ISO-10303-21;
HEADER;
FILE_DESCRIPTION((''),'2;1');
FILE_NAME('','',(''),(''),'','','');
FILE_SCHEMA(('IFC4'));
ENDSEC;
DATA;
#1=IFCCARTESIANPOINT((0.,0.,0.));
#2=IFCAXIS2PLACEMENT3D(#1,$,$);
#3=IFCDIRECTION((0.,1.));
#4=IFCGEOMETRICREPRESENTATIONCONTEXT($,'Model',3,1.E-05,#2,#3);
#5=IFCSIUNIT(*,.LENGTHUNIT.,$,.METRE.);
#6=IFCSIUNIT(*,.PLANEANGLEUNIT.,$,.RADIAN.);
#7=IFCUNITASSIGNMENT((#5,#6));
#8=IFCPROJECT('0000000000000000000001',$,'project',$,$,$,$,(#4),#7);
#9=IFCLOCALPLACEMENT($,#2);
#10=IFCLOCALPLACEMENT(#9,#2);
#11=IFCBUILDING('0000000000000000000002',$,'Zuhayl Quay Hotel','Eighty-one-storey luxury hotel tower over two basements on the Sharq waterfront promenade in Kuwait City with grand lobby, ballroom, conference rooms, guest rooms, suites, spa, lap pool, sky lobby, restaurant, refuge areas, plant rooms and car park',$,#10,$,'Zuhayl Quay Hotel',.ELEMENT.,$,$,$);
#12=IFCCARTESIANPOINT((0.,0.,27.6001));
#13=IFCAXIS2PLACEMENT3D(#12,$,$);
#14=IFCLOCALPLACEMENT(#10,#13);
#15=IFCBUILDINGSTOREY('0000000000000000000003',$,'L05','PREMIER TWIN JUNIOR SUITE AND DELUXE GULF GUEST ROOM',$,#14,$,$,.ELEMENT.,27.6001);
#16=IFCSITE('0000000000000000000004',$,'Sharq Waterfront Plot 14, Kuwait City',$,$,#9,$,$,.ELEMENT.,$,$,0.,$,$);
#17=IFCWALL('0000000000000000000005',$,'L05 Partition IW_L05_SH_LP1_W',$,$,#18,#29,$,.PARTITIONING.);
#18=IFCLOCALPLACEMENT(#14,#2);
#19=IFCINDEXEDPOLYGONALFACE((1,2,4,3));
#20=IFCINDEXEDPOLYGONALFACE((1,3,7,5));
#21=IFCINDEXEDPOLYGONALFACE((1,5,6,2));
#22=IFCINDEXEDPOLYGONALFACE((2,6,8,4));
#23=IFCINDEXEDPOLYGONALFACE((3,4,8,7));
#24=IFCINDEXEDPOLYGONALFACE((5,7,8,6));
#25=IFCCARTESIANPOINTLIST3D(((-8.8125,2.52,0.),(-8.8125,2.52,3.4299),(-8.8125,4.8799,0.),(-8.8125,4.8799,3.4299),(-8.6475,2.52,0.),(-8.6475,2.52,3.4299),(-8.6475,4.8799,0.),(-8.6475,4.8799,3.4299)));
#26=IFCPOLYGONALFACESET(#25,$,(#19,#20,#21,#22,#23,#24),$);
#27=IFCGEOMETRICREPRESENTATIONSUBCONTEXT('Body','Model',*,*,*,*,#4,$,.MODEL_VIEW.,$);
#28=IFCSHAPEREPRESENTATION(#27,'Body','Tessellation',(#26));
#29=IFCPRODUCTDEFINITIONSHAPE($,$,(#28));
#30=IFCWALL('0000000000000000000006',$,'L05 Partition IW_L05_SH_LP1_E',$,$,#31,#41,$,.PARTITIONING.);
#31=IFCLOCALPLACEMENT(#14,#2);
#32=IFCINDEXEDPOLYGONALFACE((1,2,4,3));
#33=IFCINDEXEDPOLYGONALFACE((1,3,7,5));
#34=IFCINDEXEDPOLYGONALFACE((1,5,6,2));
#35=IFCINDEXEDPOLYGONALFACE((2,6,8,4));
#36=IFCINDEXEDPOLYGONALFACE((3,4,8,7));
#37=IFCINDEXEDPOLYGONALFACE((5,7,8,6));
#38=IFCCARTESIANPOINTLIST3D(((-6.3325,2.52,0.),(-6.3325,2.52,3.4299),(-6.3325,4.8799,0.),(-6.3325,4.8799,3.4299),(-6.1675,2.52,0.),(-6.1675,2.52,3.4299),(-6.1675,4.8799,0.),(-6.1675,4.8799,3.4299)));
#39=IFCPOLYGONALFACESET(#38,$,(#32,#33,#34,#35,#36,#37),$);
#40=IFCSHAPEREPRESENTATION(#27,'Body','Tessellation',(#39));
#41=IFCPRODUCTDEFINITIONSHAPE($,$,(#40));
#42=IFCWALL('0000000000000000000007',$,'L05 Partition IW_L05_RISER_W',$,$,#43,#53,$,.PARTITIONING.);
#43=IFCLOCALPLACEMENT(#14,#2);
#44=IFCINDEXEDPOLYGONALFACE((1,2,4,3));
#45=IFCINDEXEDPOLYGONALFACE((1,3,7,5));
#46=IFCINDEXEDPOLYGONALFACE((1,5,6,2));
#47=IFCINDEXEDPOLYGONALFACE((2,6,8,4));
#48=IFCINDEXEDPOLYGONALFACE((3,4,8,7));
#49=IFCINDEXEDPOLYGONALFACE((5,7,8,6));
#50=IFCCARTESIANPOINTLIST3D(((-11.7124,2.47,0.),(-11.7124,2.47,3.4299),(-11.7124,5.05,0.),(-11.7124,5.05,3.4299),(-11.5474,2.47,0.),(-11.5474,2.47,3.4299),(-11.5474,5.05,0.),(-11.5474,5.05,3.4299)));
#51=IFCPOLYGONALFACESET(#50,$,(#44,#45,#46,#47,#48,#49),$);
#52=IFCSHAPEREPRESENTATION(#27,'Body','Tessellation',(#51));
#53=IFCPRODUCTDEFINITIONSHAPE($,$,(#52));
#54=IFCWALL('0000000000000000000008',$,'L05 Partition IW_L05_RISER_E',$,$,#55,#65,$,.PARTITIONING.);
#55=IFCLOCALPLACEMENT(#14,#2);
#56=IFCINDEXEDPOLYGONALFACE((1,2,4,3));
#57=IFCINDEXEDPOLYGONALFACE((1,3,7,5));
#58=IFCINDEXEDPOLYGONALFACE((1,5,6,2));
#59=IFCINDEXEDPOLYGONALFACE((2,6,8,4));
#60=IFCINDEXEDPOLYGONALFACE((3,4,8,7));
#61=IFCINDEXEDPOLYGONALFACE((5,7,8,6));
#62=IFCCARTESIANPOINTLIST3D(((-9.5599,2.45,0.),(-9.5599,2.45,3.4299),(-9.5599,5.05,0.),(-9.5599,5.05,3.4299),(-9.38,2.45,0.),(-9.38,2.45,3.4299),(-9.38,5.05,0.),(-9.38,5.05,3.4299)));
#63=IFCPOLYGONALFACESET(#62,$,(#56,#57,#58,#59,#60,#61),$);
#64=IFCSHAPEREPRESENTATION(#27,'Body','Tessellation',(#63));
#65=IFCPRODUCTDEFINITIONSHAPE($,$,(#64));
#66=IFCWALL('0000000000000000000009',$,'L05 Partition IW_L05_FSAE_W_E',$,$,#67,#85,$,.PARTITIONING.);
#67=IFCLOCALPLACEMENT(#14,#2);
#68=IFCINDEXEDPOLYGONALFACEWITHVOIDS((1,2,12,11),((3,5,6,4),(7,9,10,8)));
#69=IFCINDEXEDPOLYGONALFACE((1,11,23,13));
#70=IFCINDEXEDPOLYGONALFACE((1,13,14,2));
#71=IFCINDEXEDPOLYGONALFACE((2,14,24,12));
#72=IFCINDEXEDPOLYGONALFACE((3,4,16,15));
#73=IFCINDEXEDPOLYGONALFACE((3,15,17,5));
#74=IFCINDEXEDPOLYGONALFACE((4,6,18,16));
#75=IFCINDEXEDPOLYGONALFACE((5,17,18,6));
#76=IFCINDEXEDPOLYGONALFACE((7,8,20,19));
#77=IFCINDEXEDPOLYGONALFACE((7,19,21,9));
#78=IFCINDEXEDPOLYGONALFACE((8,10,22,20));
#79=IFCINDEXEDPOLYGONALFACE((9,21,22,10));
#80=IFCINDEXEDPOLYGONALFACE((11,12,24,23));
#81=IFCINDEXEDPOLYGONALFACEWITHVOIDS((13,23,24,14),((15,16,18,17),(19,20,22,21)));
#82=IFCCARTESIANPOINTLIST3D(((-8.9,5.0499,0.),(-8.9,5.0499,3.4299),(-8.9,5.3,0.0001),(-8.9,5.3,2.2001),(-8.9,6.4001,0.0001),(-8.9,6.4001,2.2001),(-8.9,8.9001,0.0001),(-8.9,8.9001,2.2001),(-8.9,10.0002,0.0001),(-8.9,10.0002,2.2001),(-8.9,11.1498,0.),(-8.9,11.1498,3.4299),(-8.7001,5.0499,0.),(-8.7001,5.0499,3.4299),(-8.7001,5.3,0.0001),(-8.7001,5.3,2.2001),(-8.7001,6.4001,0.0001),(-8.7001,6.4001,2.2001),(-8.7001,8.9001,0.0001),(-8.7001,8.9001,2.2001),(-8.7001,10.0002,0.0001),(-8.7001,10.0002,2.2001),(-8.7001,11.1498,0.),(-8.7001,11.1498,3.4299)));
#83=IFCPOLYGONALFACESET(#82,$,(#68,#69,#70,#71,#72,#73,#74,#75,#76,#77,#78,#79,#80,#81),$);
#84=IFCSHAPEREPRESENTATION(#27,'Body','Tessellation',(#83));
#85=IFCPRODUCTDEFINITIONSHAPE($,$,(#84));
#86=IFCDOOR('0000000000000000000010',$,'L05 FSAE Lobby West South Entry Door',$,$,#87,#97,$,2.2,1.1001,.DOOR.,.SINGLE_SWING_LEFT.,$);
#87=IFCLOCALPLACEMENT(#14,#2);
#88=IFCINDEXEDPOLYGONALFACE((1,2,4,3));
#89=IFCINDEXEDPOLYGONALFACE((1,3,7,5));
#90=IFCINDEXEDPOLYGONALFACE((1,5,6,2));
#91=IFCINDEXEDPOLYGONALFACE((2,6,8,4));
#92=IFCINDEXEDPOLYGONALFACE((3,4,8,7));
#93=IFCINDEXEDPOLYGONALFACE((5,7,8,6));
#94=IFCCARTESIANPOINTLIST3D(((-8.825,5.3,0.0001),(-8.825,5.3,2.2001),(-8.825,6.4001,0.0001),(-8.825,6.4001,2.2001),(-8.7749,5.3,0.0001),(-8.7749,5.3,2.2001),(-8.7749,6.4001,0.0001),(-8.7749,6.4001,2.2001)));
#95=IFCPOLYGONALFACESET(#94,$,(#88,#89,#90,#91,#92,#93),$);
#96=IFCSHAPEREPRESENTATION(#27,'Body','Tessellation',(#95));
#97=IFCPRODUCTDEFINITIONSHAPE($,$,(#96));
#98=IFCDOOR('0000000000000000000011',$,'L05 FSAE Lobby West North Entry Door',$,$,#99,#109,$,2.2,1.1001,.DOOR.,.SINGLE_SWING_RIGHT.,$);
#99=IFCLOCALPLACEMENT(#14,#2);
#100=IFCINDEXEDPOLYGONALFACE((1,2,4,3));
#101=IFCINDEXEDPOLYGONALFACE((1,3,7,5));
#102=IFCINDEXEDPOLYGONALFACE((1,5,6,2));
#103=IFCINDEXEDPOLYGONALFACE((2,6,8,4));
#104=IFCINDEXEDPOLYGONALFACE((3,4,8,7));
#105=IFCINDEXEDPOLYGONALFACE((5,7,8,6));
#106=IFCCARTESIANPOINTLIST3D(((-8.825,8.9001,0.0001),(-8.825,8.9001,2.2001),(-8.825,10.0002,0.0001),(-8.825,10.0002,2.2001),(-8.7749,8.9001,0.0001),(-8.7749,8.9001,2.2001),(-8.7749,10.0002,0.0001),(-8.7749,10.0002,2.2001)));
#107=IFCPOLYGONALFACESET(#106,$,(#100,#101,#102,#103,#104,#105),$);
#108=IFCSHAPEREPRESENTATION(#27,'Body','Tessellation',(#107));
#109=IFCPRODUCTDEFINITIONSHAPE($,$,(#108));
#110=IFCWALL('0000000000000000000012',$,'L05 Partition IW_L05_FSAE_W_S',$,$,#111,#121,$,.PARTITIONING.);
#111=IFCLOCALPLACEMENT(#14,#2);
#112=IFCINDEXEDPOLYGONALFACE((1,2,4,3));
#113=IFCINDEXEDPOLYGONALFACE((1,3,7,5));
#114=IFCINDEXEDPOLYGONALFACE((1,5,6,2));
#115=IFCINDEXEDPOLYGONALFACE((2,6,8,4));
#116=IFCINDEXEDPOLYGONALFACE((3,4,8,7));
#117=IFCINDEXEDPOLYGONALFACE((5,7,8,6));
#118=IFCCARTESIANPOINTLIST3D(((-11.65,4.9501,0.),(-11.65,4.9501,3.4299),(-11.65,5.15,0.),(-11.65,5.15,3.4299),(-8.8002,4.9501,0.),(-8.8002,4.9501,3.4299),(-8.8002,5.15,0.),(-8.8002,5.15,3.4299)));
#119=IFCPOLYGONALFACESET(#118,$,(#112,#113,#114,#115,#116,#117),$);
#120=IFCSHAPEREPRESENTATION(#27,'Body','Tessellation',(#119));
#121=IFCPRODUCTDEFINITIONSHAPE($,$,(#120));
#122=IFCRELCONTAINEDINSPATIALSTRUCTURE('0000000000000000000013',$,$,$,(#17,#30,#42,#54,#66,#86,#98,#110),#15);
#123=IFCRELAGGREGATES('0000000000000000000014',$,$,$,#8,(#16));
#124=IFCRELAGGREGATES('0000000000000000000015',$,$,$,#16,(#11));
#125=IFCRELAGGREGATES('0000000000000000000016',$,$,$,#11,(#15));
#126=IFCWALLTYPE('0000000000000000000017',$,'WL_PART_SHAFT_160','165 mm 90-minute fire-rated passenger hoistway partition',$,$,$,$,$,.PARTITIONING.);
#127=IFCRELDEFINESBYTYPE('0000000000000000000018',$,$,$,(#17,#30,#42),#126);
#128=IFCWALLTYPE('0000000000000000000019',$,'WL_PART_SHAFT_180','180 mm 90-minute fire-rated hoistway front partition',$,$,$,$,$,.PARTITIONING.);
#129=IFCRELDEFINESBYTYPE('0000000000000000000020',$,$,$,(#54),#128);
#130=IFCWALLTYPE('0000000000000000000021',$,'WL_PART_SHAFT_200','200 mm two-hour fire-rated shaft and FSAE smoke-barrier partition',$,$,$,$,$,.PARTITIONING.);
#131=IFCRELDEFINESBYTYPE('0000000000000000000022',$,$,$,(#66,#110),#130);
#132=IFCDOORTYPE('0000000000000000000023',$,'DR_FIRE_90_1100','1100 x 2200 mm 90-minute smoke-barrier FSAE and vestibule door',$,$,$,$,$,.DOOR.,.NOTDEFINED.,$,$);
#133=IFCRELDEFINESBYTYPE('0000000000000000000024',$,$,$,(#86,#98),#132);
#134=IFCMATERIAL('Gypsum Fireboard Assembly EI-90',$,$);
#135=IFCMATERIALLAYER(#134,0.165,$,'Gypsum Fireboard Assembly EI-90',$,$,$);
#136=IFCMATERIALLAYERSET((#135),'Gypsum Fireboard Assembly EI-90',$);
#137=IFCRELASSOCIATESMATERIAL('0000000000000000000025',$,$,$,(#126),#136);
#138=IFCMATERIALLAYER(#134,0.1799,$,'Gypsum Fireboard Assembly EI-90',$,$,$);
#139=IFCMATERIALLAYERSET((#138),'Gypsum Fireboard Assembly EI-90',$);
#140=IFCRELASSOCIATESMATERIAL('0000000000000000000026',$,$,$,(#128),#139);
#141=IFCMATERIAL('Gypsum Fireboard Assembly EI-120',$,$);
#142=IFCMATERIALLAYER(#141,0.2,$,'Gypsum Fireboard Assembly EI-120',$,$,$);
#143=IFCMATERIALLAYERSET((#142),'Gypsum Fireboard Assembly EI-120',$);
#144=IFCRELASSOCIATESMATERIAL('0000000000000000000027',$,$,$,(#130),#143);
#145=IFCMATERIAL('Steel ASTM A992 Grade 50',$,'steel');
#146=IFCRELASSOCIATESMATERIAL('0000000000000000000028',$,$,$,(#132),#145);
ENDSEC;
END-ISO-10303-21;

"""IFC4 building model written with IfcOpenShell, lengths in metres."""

from ifc_helpers import new_model, si_unit, direction, frame, frame_2d, origin, place, context, subcontext, project, spatial, rectangle, extrude, material, layer, layer_set, type_object, element, fill, save


model = new_model("IFC4")

# Units and contexts
model_context = context("Model", 3, precision=1e-05, world=origin(), true_north=direction((0.0, 1.0)))
body_context = subcontext(model_context, "Body", "Model", "MODEL_VIEW")
ifc_project = project(units=[si_unit("LENGTHUNIT", "METRE"), si_unit("PLANEANGLEUNIT", "RADIAN")], contexts=[model_context])

# Site, building, storey
site_placement = place(None, origin())
site = spatial("IfcSite", under=ifc_project, at=site_placement, Name="Sharq Waterfront Plot 14, Kuwait City", CompositionType="ELEMENT", RefElevation=0.0)
building_placement = place(site_placement, origin())
building = spatial("IfcBuilding", under=site, at=building_placement, Name="Zuhayl Quay Hotel", Description="Eighty-one-storey luxury hotel tower over two basements on the Sharq waterfront promenade in Kuwait City with grand lobby, ballroom, conference rooms, guest rooms, suites, spa, lap pool, sky lobby, restaurant, refuge areas, plant rooms and car park", LongName="Zuhayl Quay Hotel", CompositionType="ELEMENT")
storey_placement = place(building_placement, frame((0.0, 0.0, 27.6001)))
storey = spatial("IfcBuildingStorey", under=building, at=storey_placement, Name="L05", Description="PREMIER TWIN JUNIOR SUITE AND DELUXE GULF GUEST ROOM", CompositionType="ELEMENT", Elevation=27.6001)

# Shared definitions
ifc_material_1 = material(Name="Steel ASTM A992 Grade 50", Category="steel")

# Shared definitions
ifc_material_2 = material(Name="Gypsum Fireboard Assembly EI-90")
ifc_layer_1 = layer(ifc_material_2, 0.165, Name="Gypsum Fireboard Assembly EI-90")
ifc_layer_set_1 = layer_set([ifc_layer_1], Name="Gypsum Fireboard Assembly EI-90")
wall_type_1 = type_object("IfcWallType", Name="WL_PART_SHAFT_160", Description="165 mm 90-minute fire-rated passenger hoistway partition", PredefinedType="PARTITIONING", material=ifc_layer_set_1)

# Walls
for number, where, z_axis, x_axis, name in (
    (1, (-8.73, 2.52, 0.0), (0.0, 0.0, 1.0), (0.0, 1.0, 0.0), "L05 Partition IW_L05_SH_LP1_W"),
    (2, (-6.25, 2.52, 0.0), (0.0, 0.0, 1.0), (0.0, 1.0, 0.0), "L05 Partition IW_L05_SH_LP1_E"),
):
    element("IfcWall", number, at=place(storey_placement, frame(where, z_axis=z_axis, x_axis=x_axis)), inside=storey, type_object=wall_type_1, Name=name, PredefinedType="PARTITIONING", context=body_context, shape_type="SweptSolid", body=[
        extrude(rectangle(XDim=2.3599, YDim=0.165, at=frame_2d((1.1799, 0.0))), origin(), (0.0, 0.0, 1.0), 3.4299),
    ])
wall_1_placement = place(storey_placement, frame((-11.6299, 2.47, 0.0), z_axis=(0.0, 0.0, 1.0), x_axis=(0.0, 1.0, 0.0)))
element("IfcWall", 3, at=wall_1_placement, inside=storey, type_object=wall_type_1, Name="L05 Partition IW_L05_RISER_W", PredefinedType="PARTITIONING", context=body_context, shape_type="SweptSolid", body=[
    extrude(rectangle(XDim=2.5801, YDim=0.165, at=frame_2d((1.29, 0.0))), origin(), (0.0, 0.0, 1.0), 3.4299),
])
ifc_layer_2 = layer(ifc_material_2, 0.1799, Name="Gypsum Fireboard Assembly EI-90")
ifc_layer_set_2 = layer_set([ifc_layer_2], Name="Gypsum Fireboard Assembly EI-90")
wall_type_2 = type_object("IfcWallType", Name="WL_PART_SHAFT_180", Description="180 mm 90-minute fire-rated hoistway front partition", PredefinedType="PARTITIONING", material=ifc_layer_set_2)
wall_2_placement = place(storey_placement, frame((-9.47, 2.45, 0.0), z_axis=(0.0, 0.0, 1.0), x_axis=(0.0, 1.0, 0.0)))
element("IfcWall", 4, at=wall_2_placement, inside=storey, type_object=wall_type_2, Name="L05 Partition IW_L05_RISER_E", PredefinedType="PARTITIONING", context=body_context, shape_type="SweptSolid", body=[
    extrude(rectangle(XDim=2.6001, YDim=0.1799, at=frame_2d((1.3, 0.0))), origin(), (0.0, 0.0, 1.0), 3.4299),
])

# Wall, openings, doors
ifc_material_3 = material(Name="Gypsum Fireboard Assembly EI-120")
ifc_layer_3 = layer(ifc_material_3, 0.2, Name="Gypsum Fireboard Assembly EI-120")
ifc_layer_set_3 = layer_set([ifc_layer_3], Name="Gypsum Fireboard Assembly EI-120")
wall_type_3 = type_object("IfcWallType", Name="WL_PART_SHAFT_200", Description="200 mm two-hour fire-rated shaft and FSAE smoke-barrier partition", PredefinedType="PARTITIONING", material=ifc_layer_set_3)
wall_3_placement = place(storey_placement, frame((-8.8, 5.05, 0.0), z_axis=(0.0, 0.0, 1.0), x_axis=(0.0, 1.0, 0.0)))
wall_3 = element("IfcWall", 5, at=wall_3_placement, inside=storey, type_object=wall_type_3, Name="L05 Partition IW_L05_FSAE_W_E", PredefinedType="PARTITIONING", context=body_context, shape_type="SweptSolid", body=[
    extrude(rectangle(XDim=6.0999, YDim=0.2, at=frame_2d((3.0498, 0.0))), origin(), (0.0, 0.0, 1.0), 3.4299),
])
opening_1_placement = place(wall_3_placement, frame((0.25, 0.0, 0.0)))
opening_1 = element("IfcOpeningElement", 6, at=opening_1_placement, cuts=wall_3, PredefinedType="OPENING", context=body_context, shape_type="SweptSolid", body=[
    extrude(rectangle(XDim=1.1001, YDim=2.2, at=frame_2d((0.55, 1.1001))), frame((0.0, 0.1099, 0.0), z_axis=(0.0, -1.0, 0.0), x_axis=(1.0, 0.0, 0.0)), (0.0, 0.0, 1.0), 0.22),
])
opening_2_placement = place(wall_3_placement, frame((3.8501, 0.0, 0.0)))
opening_2 = element("IfcOpeningElement", 7, at=opening_2_placement, cuts=wall_3, PredefinedType="OPENING", context=body_context, shape_type="SweptSolid", body=[
    extrude(rectangle(XDim=1.1001, YDim=2.2, at=frame_2d((0.55, 1.1001))), frame((0.0, 0.1099, 0.0), z_axis=(0.0, -1.0, 0.0), x_axis=(1.0, 0.0, 0.0)), (0.0, 0.0, 1.0), 0.22),
])
door_type_1 = type_object("IfcDoorType", Name="DR_FIRE_90_1100", Description="1100 x 2200 mm 90-minute smoke-barrier FSAE and vestibule door", OperationType="NOTDEFINED", PredefinedType="DOOR", material=ifc_material_1)
door_1_placement = place(opening_1_placement, origin())
door_1 = element("IfcDoor", 8, at=door_1_placement, inside=storey, type_object=door_type_1, Name="L05 FSAE Lobby West South Entry Door", OperationType="SINGLE_SWING_LEFT", OverallHeight=2.2, OverallWidth=1.1001, PredefinedType="DOOR", context=body_context, shape_type="SweptSolid", body=[
    extrude(rectangle(XDim=1.1001, YDim=2.2, at=frame_2d((0.55, 1.1001))), frame((0.0, 0.0249, 0.0), z_axis=(0.0, -1.0, 0.0), x_axis=(1.0, 0.0, 0.0)), (0.0, 0.0, 1.0), 0.05),
])
fill(opening_1, door_1)
door_2_placement = place(opening_2_placement, origin())
door_2 = element("IfcDoor", 9, at=door_2_placement, inside=storey, type_object=door_type_1, Name="L05 FSAE Lobby West North Entry Door", OperationType="SINGLE_SWING_RIGHT", OverallHeight=2.2, OverallWidth=1.1001, PredefinedType="DOOR", context=body_context, shape_type="SweptSolid", body=[
    extrude(rectangle(XDim=1.1001, YDim=2.2, at=frame_2d((0.55, 1.1001))), frame((0.0, 0.0249, 0.0), z_axis=(0.0, -1.0, 0.0), x_axis=(1.0, 0.0, 0.0)), (0.0, 0.0, 1.0), 0.05),
])
fill(opening_2, door_2)

# Wall
wall_4_placement = place(storey_placement, frame((-11.6499, 5.05, 0.0), z_axis=(0.0, 0.0, 1.0), x_axis=(1.0, 0.0, 0.0)))
element("IfcWall", 10, at=wall_4_placement, inside=storey, type_object=wall_type_3, Name="L05 Partition IW_L05_FSAE_W_S", PredefinedType="PARTITIONING", context=body_context, shape_type="SweptSolid", body=[
    extrude(rectangle(XDim=2.8499, YDim=0.2, at=frame_2d((1.4248, 0.0))), origin(), (0.0, 0.0, 1.0), 3.4299),
])

save(model, "model.ifc")
